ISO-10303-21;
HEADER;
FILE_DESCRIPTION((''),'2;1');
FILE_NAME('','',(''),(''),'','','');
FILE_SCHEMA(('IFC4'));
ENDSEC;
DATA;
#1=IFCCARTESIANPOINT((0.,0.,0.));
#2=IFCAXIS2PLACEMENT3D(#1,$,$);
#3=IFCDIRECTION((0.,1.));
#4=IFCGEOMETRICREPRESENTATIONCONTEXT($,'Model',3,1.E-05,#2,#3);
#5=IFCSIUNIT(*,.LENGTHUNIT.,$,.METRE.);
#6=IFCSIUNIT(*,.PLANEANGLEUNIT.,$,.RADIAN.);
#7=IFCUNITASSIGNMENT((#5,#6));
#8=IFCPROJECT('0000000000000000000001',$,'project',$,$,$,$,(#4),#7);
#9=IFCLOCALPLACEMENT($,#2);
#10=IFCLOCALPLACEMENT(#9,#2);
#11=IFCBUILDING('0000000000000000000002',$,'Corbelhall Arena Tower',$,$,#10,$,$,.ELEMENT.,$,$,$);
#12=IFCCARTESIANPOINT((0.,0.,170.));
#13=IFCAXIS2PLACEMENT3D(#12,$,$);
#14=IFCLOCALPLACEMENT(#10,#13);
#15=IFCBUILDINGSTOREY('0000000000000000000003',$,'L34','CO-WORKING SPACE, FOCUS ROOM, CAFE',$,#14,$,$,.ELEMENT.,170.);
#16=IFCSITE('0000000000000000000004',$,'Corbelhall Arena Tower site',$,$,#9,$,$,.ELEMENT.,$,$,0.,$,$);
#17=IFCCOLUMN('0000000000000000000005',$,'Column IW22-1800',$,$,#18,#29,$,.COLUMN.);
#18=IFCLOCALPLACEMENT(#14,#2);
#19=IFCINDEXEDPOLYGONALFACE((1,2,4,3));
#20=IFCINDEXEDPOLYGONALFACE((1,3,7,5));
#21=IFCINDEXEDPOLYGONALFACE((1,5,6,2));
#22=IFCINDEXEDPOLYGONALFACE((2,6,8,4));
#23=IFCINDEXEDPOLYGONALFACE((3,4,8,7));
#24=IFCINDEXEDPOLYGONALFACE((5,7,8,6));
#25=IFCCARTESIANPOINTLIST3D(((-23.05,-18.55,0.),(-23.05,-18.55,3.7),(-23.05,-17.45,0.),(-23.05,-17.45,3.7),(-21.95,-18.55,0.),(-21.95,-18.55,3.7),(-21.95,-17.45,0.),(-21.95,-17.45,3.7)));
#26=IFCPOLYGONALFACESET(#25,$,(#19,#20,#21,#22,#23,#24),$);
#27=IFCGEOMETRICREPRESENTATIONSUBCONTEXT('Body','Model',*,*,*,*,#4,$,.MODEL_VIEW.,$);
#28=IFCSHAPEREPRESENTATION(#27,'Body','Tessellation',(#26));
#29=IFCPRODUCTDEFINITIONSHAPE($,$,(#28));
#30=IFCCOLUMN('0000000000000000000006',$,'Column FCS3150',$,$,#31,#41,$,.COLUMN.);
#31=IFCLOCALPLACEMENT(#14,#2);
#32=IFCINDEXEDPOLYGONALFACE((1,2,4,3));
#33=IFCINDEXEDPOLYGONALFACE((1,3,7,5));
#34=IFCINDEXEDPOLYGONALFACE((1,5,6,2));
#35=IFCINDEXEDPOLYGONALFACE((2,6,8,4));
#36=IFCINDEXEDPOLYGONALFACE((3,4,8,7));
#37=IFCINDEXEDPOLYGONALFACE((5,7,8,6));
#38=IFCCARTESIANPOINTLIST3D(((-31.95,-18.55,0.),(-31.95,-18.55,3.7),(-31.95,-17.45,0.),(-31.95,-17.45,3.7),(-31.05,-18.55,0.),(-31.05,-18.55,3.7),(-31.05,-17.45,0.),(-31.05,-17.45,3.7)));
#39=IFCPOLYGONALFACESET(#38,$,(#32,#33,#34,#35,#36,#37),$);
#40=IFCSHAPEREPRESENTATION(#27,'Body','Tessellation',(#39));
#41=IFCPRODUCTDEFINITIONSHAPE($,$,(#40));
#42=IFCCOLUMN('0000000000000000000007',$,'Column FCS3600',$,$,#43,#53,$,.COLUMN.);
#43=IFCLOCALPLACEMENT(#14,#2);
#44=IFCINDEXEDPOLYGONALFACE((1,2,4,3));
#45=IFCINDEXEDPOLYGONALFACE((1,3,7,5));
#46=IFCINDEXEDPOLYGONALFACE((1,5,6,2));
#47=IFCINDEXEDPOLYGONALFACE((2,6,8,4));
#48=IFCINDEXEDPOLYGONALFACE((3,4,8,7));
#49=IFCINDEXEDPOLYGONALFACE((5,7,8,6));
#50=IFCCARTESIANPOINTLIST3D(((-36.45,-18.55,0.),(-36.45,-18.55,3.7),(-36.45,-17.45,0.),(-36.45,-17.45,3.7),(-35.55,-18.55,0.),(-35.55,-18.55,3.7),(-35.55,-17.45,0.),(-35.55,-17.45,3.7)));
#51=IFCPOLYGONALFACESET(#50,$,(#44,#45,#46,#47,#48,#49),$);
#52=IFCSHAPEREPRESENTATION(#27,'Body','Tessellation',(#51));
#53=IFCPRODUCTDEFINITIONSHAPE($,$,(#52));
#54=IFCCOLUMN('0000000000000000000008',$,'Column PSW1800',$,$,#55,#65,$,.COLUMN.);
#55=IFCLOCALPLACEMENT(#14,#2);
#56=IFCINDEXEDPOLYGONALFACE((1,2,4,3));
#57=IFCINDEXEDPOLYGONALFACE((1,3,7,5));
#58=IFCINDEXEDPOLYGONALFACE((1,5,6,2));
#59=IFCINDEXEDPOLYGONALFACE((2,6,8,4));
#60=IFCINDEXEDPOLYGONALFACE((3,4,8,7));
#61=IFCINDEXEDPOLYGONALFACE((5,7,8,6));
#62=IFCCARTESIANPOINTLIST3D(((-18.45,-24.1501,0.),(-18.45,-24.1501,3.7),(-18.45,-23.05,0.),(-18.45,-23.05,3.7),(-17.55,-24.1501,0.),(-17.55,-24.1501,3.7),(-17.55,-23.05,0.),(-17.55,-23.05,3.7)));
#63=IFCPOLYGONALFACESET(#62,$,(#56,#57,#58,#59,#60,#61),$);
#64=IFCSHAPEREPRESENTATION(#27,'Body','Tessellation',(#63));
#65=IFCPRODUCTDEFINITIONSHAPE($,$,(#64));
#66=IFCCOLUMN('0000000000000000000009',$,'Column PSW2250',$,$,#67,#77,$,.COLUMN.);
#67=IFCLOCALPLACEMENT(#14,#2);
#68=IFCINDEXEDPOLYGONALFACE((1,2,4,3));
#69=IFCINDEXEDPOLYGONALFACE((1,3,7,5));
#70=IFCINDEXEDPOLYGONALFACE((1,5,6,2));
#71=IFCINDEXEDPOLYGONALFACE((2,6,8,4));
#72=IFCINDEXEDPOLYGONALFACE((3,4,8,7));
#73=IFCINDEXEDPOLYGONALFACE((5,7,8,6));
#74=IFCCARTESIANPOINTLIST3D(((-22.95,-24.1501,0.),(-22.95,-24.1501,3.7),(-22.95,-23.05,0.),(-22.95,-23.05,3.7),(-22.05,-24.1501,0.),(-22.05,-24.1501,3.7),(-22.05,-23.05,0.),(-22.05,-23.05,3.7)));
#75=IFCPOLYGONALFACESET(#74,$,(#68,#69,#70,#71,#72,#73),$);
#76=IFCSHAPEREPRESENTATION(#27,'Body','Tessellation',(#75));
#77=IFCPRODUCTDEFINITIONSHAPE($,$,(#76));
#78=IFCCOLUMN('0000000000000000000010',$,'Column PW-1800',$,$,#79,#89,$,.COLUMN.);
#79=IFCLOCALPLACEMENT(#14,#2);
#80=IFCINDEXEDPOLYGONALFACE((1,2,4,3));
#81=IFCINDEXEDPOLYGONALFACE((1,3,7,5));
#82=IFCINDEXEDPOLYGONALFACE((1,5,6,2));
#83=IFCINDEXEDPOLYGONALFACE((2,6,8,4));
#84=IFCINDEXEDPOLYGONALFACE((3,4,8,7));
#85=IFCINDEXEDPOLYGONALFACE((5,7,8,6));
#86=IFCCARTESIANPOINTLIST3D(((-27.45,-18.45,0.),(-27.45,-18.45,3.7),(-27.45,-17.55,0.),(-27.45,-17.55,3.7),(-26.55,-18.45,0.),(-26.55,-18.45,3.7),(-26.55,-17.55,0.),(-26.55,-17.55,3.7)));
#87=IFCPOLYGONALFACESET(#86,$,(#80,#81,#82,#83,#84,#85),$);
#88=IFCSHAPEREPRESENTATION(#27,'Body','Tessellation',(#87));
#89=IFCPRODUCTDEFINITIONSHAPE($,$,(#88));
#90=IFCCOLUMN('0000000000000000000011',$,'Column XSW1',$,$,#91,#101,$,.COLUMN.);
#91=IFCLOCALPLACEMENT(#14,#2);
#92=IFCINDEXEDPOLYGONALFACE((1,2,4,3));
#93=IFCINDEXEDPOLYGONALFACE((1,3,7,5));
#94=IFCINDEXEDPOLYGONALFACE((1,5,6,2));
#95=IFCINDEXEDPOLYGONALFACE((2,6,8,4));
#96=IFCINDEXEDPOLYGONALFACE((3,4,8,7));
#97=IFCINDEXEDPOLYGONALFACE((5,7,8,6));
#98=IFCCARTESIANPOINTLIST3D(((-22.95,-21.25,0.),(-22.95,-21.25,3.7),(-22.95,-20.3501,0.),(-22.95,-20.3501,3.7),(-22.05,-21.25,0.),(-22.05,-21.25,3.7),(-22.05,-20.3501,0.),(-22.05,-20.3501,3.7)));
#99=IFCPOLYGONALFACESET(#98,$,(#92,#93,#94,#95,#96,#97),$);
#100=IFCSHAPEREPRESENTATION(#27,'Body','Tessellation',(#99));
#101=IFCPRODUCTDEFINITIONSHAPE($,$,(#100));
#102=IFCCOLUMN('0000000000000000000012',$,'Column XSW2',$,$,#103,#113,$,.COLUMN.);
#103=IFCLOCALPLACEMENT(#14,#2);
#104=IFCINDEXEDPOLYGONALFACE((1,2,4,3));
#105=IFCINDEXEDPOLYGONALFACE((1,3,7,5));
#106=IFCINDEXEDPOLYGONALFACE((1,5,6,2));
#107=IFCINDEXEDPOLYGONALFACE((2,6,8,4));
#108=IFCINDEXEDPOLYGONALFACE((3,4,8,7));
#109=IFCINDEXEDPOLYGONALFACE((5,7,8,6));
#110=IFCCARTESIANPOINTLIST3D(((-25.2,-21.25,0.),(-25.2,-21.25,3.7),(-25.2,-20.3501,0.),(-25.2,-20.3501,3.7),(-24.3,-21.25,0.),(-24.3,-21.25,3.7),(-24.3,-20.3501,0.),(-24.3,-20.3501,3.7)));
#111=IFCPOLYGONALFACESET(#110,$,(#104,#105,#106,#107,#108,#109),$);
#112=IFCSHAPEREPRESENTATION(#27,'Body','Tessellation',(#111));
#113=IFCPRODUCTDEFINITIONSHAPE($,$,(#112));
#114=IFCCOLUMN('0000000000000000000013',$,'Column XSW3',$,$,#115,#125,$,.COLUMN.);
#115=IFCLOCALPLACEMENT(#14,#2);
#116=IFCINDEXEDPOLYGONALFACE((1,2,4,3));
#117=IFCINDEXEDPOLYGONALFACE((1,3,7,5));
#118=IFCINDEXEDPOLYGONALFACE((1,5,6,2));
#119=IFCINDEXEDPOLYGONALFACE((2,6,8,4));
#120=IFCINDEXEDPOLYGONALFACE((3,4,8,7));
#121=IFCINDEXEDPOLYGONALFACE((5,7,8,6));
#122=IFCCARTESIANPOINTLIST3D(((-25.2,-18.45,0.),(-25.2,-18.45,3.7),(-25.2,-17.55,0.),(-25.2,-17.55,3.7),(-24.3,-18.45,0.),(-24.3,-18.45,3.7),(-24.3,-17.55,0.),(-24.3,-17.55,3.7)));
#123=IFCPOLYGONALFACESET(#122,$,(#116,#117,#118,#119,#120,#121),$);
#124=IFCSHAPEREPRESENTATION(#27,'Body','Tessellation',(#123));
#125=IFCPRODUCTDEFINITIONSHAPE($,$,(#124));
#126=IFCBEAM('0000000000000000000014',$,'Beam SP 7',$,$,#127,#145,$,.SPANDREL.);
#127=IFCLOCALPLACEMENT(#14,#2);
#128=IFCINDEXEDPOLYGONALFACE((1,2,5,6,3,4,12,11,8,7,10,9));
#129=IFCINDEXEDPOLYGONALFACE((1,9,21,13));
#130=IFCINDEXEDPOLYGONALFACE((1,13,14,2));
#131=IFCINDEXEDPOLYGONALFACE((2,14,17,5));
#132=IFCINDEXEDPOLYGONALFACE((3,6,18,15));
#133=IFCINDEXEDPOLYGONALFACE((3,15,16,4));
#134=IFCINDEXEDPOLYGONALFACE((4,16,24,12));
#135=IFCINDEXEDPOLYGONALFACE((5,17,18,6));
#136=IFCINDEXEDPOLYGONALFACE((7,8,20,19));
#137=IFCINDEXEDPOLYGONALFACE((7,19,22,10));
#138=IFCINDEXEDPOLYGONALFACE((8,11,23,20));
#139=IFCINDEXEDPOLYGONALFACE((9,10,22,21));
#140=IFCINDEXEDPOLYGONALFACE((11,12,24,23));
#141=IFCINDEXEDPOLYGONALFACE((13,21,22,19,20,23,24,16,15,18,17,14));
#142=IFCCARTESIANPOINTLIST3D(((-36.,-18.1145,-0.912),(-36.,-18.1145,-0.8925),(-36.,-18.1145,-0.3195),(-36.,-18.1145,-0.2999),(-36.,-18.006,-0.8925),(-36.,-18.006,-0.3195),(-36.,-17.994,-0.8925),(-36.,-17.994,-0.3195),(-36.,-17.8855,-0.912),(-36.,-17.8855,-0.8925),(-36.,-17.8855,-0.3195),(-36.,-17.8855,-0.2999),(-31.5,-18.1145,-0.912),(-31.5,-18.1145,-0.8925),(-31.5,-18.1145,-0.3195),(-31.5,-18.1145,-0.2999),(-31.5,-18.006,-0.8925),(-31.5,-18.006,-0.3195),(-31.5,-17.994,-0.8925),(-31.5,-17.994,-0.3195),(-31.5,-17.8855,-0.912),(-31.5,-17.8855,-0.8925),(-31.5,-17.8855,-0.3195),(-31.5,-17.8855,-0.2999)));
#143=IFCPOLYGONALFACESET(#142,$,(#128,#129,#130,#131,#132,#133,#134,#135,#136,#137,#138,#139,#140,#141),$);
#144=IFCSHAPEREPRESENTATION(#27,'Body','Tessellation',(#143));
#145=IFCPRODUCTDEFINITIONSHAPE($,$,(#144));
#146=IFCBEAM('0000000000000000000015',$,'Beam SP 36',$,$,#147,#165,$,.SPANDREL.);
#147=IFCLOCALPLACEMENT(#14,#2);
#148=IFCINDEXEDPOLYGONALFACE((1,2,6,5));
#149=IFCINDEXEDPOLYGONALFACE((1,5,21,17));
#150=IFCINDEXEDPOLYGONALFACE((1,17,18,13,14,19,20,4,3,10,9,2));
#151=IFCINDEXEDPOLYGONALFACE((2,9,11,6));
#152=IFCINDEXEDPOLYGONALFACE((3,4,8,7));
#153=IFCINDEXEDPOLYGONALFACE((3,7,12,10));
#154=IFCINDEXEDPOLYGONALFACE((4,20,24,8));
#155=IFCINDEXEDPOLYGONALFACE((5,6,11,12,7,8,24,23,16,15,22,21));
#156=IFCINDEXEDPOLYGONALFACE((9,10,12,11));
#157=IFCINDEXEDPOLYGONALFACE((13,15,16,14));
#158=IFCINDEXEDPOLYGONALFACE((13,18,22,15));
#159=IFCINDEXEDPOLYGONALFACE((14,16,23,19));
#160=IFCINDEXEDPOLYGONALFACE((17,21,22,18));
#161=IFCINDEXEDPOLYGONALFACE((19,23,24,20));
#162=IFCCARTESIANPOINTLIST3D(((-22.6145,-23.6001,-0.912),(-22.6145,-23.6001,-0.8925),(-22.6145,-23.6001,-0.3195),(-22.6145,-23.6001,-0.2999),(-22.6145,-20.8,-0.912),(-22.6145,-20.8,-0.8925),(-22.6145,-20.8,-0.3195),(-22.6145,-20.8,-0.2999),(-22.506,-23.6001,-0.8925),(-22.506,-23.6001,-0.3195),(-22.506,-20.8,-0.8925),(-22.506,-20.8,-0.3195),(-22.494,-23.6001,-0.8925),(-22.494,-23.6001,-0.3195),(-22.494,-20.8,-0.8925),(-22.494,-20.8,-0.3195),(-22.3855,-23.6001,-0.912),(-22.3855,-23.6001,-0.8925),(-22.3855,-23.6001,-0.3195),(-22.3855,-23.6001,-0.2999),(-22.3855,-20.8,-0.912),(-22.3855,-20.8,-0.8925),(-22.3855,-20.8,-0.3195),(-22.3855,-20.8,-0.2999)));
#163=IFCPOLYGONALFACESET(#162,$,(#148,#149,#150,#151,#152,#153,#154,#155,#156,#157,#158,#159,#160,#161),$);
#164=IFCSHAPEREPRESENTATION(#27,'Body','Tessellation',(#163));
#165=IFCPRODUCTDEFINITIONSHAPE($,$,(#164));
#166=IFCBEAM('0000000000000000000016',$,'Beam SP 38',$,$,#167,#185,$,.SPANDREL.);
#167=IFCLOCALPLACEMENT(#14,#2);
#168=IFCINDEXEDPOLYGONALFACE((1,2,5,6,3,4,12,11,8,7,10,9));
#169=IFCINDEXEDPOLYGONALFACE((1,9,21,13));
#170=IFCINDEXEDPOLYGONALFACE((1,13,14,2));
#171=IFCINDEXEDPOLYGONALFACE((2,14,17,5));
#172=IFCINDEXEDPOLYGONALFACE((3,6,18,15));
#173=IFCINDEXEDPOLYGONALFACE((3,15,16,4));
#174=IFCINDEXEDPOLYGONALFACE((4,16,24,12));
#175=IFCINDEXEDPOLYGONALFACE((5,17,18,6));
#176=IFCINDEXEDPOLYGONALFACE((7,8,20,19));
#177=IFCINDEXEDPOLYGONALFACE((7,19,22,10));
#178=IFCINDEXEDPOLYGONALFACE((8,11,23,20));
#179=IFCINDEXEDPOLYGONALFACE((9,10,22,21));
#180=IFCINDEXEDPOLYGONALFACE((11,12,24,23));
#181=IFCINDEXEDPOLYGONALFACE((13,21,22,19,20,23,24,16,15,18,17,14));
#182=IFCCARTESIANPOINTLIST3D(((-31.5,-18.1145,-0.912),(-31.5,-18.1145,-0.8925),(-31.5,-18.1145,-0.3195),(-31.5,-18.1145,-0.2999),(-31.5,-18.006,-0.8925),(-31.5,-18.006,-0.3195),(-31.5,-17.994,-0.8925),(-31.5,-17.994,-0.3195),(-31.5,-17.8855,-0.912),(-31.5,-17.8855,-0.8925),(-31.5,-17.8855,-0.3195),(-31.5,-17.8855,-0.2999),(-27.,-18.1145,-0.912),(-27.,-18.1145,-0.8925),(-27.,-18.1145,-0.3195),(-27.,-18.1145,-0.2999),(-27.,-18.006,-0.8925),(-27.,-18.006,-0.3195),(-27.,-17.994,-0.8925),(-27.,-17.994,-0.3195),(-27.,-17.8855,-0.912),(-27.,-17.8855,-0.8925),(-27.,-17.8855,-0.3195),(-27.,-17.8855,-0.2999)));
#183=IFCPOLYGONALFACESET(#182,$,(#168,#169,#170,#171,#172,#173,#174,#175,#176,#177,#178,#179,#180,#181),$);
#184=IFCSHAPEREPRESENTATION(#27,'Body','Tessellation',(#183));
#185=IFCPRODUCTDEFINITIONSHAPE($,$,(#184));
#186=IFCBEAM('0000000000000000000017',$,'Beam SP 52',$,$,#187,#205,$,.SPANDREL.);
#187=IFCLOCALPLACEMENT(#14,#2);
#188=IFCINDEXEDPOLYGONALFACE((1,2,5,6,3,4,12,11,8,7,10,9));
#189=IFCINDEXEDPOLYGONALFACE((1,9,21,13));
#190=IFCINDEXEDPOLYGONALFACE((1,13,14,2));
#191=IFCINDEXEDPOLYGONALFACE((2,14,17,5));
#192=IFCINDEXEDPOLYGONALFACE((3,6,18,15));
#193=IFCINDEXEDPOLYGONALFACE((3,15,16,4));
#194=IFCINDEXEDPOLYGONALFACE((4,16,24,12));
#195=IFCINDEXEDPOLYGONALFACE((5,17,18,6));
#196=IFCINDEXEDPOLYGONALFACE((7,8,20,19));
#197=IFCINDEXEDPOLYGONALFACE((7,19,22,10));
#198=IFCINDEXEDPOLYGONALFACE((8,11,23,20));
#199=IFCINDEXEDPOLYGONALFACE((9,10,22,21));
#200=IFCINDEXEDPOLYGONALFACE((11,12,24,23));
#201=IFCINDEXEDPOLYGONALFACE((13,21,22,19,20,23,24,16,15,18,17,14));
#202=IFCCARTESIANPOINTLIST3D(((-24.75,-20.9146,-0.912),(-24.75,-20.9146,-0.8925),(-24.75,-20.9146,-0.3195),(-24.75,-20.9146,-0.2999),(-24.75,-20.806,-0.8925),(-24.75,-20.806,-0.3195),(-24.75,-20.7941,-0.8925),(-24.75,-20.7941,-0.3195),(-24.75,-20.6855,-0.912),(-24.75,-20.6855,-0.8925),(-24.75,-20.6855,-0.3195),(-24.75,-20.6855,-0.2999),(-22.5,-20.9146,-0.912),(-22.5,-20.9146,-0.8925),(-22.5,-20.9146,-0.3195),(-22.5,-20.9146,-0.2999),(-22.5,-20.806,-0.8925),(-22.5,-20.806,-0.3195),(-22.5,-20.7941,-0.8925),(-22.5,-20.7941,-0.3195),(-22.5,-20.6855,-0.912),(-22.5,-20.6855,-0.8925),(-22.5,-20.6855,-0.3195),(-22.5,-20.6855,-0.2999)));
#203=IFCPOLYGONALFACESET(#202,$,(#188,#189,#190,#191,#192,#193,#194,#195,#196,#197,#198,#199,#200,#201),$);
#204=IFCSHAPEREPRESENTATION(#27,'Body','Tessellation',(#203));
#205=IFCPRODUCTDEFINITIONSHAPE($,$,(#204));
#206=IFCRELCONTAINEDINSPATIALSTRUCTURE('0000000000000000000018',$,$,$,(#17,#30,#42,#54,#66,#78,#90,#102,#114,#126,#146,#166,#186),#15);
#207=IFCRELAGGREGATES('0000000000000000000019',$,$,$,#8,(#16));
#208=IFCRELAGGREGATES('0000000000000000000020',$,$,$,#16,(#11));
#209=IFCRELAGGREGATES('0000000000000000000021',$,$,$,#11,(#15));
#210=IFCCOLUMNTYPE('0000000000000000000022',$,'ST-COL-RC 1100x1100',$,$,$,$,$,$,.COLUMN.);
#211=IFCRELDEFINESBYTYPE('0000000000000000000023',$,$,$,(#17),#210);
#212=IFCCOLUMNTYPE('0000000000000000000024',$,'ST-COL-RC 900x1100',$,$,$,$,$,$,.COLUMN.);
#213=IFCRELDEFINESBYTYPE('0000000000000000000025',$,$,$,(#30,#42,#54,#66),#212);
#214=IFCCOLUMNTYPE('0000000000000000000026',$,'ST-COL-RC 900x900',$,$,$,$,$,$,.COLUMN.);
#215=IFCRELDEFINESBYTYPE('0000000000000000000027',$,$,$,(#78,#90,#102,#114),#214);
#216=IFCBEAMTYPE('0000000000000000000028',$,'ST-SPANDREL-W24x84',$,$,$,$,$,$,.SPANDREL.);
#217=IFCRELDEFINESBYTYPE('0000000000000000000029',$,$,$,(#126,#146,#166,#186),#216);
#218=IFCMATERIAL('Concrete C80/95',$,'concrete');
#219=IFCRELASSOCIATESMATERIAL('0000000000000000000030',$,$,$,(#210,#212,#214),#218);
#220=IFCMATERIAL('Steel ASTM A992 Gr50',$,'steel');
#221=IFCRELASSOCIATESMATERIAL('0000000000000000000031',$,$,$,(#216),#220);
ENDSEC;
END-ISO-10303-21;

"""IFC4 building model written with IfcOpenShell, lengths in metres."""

from ifc_helpers import new_model, si_unit, direction, frame, origin, origin_2d, place, context, subcontext, project, spatial, rectangle, i_section, extrude, material, material_profile, profile_set, type_object, element, save


model = new_model("IFC4")

# Units and contexts
model_context = context("Model", 3, precision=1e-05, world=origin(), true_north=direction((0.0, 1.0)))
body_context = subcontext(model_context, "Body", "Model", "MODEL_VIEW")
ifc_project = project(units=[si_unit("LENGTHUNIT", "METRE"), si_unit("PLANEANGLEUNIT", "RADIAN")], contexts=[model_context])

# Site, building, storey
site_placement = place(None, origin())
site = spatial("IfcSite", under=ifc_project, at=site_placement, Name="Corbelhall Arena Tower site", CompositionType="ELEMENT", RefElevation=0.0)
building_placement = place(site_placement, origin())
building = spatial("IfcBuilding", under=site, at=building_placement, Name="Corbelhall Arena Tower", CompositionType="ELEMENT")
storey_placement = place(building_placement, frame((0.0, 0.0, 170.0)))
storey = spatial("IfcBuildingStorey", under=building, at=storey_placement, Name="L34", Description="CO-WORKING SPACE, FOCUS ROOM, CAFE", CompositionType="ELEMENT", Elevation=170.0)

# Columns
ifc_material_1 = material(Name="Concrete C80/95", Category="concrete")
ifc_material_profile_1 = material_profile(ifc_material_1, rectangle(XDim=1.1001, YDim=1.1001, at=origin_2d()))
ifc_profile_set_1 = profile_set([ifc_material_profile_1], Name="Concrete C80/95")
column_type_1 = type_object("IfcColumnType", Name="ST-COL-RC 1100x1100", PredefinedType="COLUMN", material=ifc_profile_set_1)
column_placement = place(storey_placement, frame((-22.5, -18.0, 0.0), z_axis=(0.0, 0.0, 1.0), x_axis=(1.0, 0.0, 0.0)))
element("IfcColumn", 1, at=column_placement, inside=storey, type_object=column_type_1, Name="Column IW22-1800", PredefinedType="COLUMN", context=body_context, shape_type="SweptSolid", body=[
    extrude(rectangle(XDim=1.1001, YDim=1.1001, at=origin_2d()), origin(), (0.0, 0.0, 1.0), 3.7),
])
ifc_material_profile_2 = material_profile(ifc_material_1, rectangle(XDim=0.8999, YDim=1.1001, at=origin_2d()))
ifc_profile_set_2 = profile_set([ifc_material_profile_2], Name="Concrete C80/95")
column_type_2 = type_object("IfcColumnType", Name="ST-COL-RC 900x1100", PredefinedType="COLUMN", material=ifc_profile_set_2)
for number, where, z_axis, x_axis, name in (
    (2, (-31.5, -18.0, 0.0), (0.0, 0.0, 1.0), (1.0, 0.0, 0.0), "Column FCS3150"),
    (3, (-36.0, -18.0, 0.0), (0.0, 0.0, 1.0), (1.0, 0.0, 0.0), "Column FCS3600"),
    (4, (-18.0, -23.6001, 0.0), (0.0, 0.0, 1.0), (1.0, 0.0, 0.0), "Column PSW1800"),
    (5, (-22.5, -23.6001, 0.0), (0.0, 0.0, 1.0), (1.0, 0.0, 0.0), "Column PSW2250"),
):
    element("IfcColumn", number, at=place(storey_placement, frame(where, z_axis=z_axis, x_axis=x_axis)), inside=storey, type_object=column_type_2, Name=name, PredefinedType="COLUMN", context=body_context, shape_type="SweptSolid", body=[
        extrude(rectangle(XDim=0.8999, YDim=1.1001, at=origin_2d()), origin(), (0.0, 0.0, 1.0), 3.7),
    ])
ifc_material_profile_3 = material_profile(ifc_material_1, rectangle(XDim=0.8999, YDim=0.8999, at=origin_2d()))
ifc_profile_set_3 = profile_set([ifc_material_profile_3], Name="Concrete C80/95")
column_type_3 = type_object("IfcColumnType", Name="ST-COL-RC 900x900", PredefinedType="COLUMN", material=ifc_profile_set_3)
for number, where, z_axis, x_axis, name in (
    (6, (-27.0, -18.0, 0.0), (0.0, 0.0, 1.0), (1.0, 0.0, 0.0), "Column PW-1800"),
    (7, (-22.5, -20.8, 0.0), (0.0, 0.0, 1.0), (1.0, 0.0, 0.0), "Column XSW1"),
    (8, (-24.75, -20.8, 0.0), (0.0, 0.0, 1.0), (1.0, 0.0, 0.0), "Column XSW2"),
    (9, (-24.75, -18.0, 0.0), (0.0, 0.0, 1.0), (1.0, 0.0, 0.0), "Column XSW3"),
):
    element("IfcColumn", number, at=place(storey_placement, frame(where, z_axis=z_axis, x_axis=x_axis)), inside=storey, type_object=column_type_3, Name=name, PredefinedType="COLUMN", context=body_context, shape_type="SweptSolid", body=[
        extrude(rectangle(XDim=0.8999, YDim=0.8999, at=origin_2d()), origin(), (0.0, 0.0, 1.0), 3.7),
    ])

# Beams
ifc_material_2 = material(Name="Steel ASTM A992 Gr50", Category="steel")
ifc_material_profile_4 = material_profile(ifc_material_2, i_section(OverallWidth=0.229, OverallDepth=0.6121, WebThickness=0.012, FlangeThickness=0.0195, at=origin_2d()))
ifc_profile_set_4 = profile_set([ifc_material_profile_4], Name="Steel ASTM A992 Gr50")
beam_type = type_object("IfcBeamType", Name="ST-SPANDREL-W24x84", PredefinedType="SPANDREL", material=ifc_profile_set_4)
beam_1_placement = place(storey_placement, frame((-31.5, -18.0, -0.606), z_axis=(-1.0, 0.0, 0.0), x_axis=(0.0, -1.0, 0.0)))
element("IfcBeam", 10, at=beam_1_placement, inside=storey, type_object=beam_type, Name="Beam SP 7", PredefinedType="SPANDREL", context=body_context, shape_type="SweptSolid", body=[
    extrude(i_section(OverallWidth=0.229, OverallDepth=0.6121, WebThickness=0.012, FlangeThickness=0.0195, at=origin_2d()), origin(), (0.0, 0.0, 1.0), 4.5),
])
beam_2_placement = place(storey_placement, frame((-22.5, -23.6001, -0.606), z_axis=(0.0, 1.0, 0.0), x_axis=(-1.0, 0.0, 0.0)))
element("IfcBeam", 11, at=beam_2_placement, inside=storey, type_object=beam_type, Name="Beam SP 36", PredefinedType="SPANDREL", context=body_context, shape_type="SweptSolid", body=[
    extrude(i_section(OverallWidth=0.229, OverallDepth=0.6121, WebThickness=0.012, FlangeThickness=0.0195, at=origin_2d()), origin(), (0.0, 0.0, 1.0), 2.8),
])
beam_3_placement = place(storey_placement, frame((-27.0, -18.0, -0.606), z_axis=(-1.0, 0.0, 0.0), x_axis=(0.0, -1.0, 0.0)))
element("IfcBeam", 12, at=beam_3_placement, inside=storey, type_object=beam_type, Name="Beam SP 38", PredefinedType="SPANDREL", context=body_context, shape_type="SweptSolid", body=[
    extrude(i_section(OverallWidth=0.229, OverallDepth=0.6121, WebThickness=0.012, FlangeThickness=0.0195, at=origin_2d()), origin(), (0.0, 0.0, 1.0), 4.5),
])
beam_4_placement = place(storey_placement, frame((-22.5, -20.8, -0.606), z_axis=(-1.0, 0.0, 0.0), x_axis=(0.0, -1.0, 0.0)))
element("IfcBeam", 13, at=beam_4_placement, inside=storey, type_object=beam_type, Name="Beam SP 52", PredefinedType="SPANDREL", context=body_context, shape_type="SweptSolid", body=[
    extrude(i_section(OverallWidth=0.229, OverallDepth=0.6121, WebThickness=0.012, FlangeThickness=0.0195, at=origin_2d()), origin(), (0.0, 0.0, 1.0), 2.25),
])

save(model, "model.ifc")
